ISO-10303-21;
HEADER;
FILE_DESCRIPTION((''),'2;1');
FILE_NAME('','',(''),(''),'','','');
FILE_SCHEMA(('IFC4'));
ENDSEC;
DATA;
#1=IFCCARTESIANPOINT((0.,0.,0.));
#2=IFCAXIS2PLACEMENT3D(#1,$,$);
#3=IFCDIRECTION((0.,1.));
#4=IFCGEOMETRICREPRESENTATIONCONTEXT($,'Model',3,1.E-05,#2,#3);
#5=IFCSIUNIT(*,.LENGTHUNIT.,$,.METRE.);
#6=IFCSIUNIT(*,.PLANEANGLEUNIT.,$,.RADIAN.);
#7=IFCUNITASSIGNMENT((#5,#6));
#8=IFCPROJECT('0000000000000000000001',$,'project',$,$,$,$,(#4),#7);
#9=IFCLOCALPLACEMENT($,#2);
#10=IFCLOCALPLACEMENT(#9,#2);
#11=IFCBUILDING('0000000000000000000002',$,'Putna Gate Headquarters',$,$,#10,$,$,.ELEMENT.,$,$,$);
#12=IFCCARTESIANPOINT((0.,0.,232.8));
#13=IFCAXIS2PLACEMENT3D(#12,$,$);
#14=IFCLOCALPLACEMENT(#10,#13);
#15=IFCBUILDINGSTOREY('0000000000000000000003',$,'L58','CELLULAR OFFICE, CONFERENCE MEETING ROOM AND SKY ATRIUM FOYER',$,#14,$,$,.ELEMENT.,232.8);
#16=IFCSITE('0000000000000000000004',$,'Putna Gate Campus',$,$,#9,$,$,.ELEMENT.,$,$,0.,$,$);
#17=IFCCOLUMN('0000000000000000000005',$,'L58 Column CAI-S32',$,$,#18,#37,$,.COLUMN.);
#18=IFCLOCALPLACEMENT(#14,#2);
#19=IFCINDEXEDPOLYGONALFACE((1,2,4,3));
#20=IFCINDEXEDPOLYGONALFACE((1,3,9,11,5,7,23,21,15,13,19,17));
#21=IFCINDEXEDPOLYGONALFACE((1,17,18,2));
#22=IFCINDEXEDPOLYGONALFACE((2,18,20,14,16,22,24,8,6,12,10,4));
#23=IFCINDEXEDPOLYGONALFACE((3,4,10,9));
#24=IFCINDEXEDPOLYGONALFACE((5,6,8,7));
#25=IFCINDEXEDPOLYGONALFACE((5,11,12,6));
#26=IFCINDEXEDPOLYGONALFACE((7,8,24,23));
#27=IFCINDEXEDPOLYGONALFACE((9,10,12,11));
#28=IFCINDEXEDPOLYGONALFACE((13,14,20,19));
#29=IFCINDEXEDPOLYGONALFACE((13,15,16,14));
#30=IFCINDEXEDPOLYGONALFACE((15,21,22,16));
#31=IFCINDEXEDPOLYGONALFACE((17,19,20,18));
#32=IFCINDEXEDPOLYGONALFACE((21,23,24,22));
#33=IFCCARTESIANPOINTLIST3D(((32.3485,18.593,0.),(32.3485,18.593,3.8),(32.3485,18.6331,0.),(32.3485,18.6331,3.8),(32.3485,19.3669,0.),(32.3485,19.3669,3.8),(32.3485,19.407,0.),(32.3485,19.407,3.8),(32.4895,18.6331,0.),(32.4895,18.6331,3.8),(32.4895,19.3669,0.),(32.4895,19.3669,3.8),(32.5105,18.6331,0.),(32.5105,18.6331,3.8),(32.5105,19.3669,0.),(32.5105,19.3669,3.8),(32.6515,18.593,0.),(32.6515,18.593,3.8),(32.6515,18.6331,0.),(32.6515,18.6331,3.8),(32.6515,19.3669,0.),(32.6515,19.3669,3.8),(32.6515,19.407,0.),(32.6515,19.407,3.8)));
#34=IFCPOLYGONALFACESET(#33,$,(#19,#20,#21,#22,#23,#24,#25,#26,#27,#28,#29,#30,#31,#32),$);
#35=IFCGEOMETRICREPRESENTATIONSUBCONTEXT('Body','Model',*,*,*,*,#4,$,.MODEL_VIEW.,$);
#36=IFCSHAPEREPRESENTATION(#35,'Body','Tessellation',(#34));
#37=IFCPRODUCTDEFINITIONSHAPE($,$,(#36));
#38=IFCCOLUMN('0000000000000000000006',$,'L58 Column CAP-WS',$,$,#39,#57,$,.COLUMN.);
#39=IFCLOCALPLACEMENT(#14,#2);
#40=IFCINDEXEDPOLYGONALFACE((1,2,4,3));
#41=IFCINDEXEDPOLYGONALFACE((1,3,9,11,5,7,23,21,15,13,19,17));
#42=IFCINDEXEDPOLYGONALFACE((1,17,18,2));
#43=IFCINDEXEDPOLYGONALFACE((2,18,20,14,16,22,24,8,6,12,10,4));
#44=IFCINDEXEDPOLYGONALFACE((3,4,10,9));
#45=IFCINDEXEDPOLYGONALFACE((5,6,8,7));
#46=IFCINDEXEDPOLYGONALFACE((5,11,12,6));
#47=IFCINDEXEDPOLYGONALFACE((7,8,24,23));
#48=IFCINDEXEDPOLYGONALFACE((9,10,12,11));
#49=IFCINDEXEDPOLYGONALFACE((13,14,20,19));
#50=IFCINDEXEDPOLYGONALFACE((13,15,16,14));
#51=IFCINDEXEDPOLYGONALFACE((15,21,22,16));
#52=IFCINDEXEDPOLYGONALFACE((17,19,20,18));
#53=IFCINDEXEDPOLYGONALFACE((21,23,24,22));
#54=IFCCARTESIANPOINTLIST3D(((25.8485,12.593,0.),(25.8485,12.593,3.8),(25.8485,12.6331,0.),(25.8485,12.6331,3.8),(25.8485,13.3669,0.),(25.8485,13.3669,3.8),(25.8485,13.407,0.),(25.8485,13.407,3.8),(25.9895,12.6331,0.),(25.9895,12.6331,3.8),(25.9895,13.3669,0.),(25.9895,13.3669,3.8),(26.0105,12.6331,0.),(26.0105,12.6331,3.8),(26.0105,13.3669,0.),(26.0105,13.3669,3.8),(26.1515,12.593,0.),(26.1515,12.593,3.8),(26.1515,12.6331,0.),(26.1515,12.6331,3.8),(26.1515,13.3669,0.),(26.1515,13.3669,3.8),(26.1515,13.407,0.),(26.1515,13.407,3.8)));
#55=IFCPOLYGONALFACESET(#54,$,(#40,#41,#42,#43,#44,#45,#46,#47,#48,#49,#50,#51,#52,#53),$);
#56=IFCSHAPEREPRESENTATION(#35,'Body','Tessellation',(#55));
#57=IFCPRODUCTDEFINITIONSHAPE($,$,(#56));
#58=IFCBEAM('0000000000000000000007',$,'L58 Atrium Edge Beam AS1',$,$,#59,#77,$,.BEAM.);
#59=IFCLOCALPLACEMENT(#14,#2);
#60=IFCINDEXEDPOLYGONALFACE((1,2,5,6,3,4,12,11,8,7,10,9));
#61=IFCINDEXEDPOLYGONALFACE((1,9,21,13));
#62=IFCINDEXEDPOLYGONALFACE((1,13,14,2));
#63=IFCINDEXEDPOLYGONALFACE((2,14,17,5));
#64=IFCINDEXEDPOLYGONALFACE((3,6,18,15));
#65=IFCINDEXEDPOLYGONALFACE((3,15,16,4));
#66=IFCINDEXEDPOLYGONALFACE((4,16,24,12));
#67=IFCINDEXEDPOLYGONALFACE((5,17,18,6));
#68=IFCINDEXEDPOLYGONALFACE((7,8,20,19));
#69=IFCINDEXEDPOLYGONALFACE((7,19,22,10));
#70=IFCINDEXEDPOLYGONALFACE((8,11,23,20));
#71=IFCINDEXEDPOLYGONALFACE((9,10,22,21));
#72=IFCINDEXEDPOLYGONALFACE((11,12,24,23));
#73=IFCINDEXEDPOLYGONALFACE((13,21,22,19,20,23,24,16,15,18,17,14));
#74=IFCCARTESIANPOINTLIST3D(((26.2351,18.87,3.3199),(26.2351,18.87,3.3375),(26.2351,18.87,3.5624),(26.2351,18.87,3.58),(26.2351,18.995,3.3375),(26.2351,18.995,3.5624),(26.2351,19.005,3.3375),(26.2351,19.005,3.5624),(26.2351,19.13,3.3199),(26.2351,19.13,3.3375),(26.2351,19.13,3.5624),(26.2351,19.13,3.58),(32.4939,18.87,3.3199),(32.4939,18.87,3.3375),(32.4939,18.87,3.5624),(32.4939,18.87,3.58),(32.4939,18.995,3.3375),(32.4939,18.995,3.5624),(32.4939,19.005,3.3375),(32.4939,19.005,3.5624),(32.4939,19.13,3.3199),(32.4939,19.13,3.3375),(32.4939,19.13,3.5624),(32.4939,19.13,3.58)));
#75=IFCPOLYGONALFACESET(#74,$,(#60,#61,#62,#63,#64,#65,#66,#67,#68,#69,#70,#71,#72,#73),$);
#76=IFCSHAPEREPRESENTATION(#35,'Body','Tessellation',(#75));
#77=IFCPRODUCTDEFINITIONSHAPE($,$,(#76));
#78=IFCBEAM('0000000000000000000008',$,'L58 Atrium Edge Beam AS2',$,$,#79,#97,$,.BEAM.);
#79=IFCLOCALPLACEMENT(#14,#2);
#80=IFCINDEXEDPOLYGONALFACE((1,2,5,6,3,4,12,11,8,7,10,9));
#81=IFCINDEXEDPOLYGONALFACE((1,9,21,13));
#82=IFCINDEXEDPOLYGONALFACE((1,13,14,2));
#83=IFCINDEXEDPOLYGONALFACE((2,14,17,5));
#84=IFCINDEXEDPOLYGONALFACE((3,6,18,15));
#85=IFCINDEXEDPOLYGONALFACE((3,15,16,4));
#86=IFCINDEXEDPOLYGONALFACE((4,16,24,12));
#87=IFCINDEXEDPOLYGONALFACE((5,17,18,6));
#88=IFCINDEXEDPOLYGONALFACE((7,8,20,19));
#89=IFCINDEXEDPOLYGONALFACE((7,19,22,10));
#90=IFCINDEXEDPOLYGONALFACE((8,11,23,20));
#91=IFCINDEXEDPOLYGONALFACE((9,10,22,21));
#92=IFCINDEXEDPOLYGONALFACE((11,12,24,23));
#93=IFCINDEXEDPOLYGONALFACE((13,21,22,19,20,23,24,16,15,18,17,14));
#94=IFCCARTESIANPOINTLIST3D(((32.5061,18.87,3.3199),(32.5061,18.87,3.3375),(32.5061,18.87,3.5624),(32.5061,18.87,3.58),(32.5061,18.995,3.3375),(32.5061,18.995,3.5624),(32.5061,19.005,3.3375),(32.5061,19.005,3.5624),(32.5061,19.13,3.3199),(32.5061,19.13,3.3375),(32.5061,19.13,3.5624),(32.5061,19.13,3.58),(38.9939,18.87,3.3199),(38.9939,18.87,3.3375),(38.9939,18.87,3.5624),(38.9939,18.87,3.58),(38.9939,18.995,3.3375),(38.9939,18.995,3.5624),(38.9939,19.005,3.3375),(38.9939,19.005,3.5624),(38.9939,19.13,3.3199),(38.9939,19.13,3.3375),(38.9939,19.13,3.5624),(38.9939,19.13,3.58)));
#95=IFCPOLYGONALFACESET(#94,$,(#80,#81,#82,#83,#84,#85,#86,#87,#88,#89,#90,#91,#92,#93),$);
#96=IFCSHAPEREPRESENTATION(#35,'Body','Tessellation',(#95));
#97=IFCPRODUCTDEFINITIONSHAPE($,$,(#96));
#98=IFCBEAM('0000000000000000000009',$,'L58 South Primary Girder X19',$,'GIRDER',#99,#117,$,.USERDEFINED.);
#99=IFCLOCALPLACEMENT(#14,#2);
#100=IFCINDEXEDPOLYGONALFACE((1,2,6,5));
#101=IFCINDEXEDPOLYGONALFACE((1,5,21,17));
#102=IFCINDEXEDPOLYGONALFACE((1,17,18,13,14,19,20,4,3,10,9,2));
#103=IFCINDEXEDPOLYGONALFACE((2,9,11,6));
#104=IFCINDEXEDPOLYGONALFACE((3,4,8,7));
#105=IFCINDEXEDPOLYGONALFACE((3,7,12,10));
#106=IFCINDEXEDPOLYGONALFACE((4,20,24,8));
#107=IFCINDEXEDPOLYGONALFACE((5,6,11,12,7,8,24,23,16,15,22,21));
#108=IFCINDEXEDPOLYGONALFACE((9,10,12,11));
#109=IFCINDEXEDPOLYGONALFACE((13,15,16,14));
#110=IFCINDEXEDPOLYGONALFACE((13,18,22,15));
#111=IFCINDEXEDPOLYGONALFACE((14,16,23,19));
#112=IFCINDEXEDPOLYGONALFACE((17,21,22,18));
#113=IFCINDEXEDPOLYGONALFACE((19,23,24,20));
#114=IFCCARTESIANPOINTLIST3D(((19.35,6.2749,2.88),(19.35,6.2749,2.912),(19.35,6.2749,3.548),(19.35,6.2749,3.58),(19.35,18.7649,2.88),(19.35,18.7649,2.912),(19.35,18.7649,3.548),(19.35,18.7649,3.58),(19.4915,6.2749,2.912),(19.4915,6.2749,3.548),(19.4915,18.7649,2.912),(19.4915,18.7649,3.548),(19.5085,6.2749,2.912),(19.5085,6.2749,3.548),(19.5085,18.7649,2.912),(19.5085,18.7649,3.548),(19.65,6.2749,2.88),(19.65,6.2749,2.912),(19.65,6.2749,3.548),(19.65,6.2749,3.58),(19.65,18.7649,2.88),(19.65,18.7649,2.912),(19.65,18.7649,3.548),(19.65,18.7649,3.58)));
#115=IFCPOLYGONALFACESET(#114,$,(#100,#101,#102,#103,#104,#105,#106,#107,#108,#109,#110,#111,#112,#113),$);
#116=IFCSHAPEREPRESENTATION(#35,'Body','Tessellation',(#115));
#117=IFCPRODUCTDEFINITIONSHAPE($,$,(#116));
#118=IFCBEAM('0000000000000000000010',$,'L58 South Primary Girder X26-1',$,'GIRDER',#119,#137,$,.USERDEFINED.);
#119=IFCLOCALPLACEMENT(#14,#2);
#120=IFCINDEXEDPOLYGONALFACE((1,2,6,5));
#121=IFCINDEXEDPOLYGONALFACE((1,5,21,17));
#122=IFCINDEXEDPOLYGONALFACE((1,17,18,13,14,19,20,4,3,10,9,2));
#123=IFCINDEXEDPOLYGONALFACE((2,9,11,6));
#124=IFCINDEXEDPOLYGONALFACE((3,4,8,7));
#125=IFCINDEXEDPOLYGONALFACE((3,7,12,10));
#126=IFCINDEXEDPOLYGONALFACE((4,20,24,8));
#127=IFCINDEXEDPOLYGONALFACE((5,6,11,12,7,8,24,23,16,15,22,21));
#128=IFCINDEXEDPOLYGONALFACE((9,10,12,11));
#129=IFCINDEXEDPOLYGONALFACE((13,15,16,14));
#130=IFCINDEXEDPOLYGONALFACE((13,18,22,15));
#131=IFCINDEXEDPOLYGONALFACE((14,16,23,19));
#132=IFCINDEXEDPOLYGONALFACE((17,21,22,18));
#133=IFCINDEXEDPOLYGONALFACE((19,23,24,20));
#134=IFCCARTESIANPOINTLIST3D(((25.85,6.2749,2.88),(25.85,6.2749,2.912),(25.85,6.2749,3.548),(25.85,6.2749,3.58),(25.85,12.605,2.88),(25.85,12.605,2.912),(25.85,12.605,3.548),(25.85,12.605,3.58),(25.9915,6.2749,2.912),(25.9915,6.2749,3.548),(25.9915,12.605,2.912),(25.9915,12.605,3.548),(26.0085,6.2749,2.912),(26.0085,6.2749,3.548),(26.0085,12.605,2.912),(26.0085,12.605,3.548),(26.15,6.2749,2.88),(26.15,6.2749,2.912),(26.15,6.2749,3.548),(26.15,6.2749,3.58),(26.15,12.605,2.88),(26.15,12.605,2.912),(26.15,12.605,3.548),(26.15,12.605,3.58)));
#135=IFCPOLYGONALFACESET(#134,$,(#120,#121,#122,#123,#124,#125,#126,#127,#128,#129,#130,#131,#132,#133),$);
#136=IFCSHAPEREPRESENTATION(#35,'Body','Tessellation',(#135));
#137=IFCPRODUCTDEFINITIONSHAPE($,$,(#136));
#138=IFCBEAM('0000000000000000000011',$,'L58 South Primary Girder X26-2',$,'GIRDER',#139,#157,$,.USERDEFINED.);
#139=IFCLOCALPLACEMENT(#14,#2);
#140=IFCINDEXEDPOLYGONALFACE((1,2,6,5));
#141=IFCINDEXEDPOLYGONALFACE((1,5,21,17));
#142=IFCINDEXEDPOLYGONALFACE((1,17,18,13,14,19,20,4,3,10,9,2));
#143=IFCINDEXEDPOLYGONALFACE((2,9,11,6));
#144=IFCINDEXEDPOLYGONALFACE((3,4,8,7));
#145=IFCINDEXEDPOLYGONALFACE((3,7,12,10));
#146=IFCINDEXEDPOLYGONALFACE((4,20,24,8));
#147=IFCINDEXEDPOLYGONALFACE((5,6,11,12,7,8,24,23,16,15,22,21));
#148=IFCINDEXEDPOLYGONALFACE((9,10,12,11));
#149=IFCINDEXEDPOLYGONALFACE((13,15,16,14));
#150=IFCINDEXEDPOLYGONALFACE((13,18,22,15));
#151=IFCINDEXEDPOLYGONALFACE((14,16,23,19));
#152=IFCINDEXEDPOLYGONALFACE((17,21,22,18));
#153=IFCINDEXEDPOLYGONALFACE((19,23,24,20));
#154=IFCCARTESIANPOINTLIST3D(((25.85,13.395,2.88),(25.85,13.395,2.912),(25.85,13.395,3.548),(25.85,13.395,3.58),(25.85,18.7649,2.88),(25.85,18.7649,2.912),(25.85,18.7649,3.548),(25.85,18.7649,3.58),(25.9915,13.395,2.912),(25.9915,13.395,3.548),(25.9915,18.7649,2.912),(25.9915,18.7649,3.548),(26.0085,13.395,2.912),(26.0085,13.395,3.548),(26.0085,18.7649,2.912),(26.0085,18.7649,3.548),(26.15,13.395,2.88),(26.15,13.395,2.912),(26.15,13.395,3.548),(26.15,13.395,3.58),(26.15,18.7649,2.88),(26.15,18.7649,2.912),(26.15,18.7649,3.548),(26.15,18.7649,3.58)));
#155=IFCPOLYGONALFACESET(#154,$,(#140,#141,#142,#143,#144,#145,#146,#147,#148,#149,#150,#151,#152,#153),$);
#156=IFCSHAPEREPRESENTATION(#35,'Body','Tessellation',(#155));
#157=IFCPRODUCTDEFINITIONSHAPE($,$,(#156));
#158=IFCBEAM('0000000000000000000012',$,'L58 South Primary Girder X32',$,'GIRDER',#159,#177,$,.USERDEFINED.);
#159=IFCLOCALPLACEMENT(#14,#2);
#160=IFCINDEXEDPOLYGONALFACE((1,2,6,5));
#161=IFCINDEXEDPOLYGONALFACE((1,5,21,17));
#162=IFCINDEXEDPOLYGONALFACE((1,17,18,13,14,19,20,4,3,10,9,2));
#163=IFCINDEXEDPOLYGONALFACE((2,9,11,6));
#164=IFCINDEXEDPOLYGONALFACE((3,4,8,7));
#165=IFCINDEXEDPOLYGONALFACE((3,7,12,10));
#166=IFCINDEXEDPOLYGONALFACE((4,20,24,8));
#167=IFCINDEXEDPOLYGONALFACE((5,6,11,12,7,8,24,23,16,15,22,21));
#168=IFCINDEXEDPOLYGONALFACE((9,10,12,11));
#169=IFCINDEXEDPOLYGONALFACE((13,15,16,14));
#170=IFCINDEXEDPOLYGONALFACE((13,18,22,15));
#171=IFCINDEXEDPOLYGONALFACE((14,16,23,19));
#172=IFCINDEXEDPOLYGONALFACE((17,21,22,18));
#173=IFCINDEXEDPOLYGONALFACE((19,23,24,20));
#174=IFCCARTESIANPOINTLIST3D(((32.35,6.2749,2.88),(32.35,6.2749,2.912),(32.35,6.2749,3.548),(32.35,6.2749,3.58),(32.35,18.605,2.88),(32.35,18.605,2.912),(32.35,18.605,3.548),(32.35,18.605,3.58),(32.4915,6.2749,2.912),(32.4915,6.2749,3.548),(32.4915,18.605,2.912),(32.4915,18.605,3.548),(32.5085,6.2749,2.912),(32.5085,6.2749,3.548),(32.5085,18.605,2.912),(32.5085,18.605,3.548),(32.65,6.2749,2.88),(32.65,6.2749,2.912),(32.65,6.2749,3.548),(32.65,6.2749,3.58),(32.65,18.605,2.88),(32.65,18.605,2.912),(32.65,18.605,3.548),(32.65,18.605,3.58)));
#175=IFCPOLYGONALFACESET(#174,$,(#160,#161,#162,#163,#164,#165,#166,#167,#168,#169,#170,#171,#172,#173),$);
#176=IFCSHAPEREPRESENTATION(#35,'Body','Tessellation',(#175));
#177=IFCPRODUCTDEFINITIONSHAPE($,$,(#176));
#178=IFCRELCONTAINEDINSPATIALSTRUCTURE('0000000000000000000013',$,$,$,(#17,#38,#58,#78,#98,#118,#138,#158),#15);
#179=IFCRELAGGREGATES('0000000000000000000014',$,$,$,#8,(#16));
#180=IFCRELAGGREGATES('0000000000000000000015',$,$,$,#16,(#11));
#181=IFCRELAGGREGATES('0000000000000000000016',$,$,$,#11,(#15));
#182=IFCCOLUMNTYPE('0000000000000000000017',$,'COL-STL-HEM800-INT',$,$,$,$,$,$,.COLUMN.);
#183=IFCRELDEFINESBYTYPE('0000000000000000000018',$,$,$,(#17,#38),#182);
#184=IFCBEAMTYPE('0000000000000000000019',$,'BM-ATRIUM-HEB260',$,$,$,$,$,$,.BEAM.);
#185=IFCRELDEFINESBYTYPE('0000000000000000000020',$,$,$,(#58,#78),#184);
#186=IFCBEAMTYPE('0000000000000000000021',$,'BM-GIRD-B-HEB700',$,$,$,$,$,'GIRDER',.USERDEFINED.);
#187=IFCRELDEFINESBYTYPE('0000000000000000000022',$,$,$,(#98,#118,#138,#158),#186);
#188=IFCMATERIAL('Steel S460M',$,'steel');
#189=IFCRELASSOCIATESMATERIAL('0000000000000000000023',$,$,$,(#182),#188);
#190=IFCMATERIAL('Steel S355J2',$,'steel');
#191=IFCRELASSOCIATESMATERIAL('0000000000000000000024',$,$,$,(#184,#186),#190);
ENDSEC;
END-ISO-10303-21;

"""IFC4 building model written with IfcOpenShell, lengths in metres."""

from ifc_helpers import new_model, si_unit, direction, frame, origin, origin_2d, place, context, subcontext, project, spatial, i_section, extrude, material, material_profile, profile_set, type_object, element, save


model = new_model("IFC4")

# Units and contexts
model_context = context("Model", 3, precision=1e-05, world=origin(), true_north=direction((0.0, 1.0)))
body_context = subcontext(model_context, "Body", "Model", "MODEL_VIEW")
ifc_project = project(units=[si_unit("LENGTHUNIT", "METRE"), si_unit("PLANEANGLEUNIT", "RADIAN")], contexts=[model_context])

# Site, building, storey
site_placement = place(None, origin())
site = spatial("IfcSite", under=ifc_project, at=site_placement, Name="Putna Gate Campus", CompositionType="ELEMENT", RefElevation=0.0)
building_placement = place(site_placement, origin())
building = spatial("IfcBuilding", under=site, at=building_placement, Name="Putna Gate Headquarters", CompositionType="ELEMENT")
storey_placement = place(building_placement, frame((0.0, 0.0, 232.8)))
storey = spatial("IfcBuildingStorey", under=building, at=storey_placement, Name="L58", Description="CELLULAR OFFICE, CONFERENCE MEETING ROOM AND SKY ATRIUM FOYER", CompositionType="ELEMENT", Elevation=232.8)

# Columns
ifc_material_1 = material(Name="Steel S460M", Category="steel")
ifc_material_profile_1 = material_profile(ifc_material_1, i_section(OverallWidth=0.303, OverallDepth=0.814, WebThickness=0.021, FlangeThickness=0.04, at=origin_2d()), Name="Steel S460M")
ifc_profile_set_1 = profile_set([ifc_material_profile_1], Name="Steel S460M")
column_type = type_object("IfcColumnType", Name="COL-STL-HEM800-INT", PredefinedType="COLUMN", material=ifc_profile_set_1)
for number, where, z_axis, x_axis, name in (
    (1, (32.5, 19.0, 0.0), (0.0, 0.0, 1.0), (1.0, 0.0, 0.0), "L58 Column CAI-S32"),
    (2, (26.0, 13.0, 0.0), (0.0, 0.0, 1.0), (1.0, 0.0, 0.0), "L58 Column CAP-WS"),
):
    element("IfcColumn", number, at=place(storey_placement, frame(where, z_axis=z_axis, x_axis=x_axis)), inside=storey, type_object=column_type, Name=name, PredefinedType="COLUMN", context=body_context, shape_type="SweptSolid", body=[
        extrude(i_section(OverallWidth=0.303, OverallDepth=0.814, WebThickness=0.021, FlangeThickness=0.04, at=origin_2d()), origin(), (0.0, 0.0, 1.0), 3.8),
    ])

# Beams
ifc_material_2 = material(Name="Steel S355J2", Category="steel")
ifc_material_profile_2 = material_profile(ifc_material_2, i_section(OverallWidth=0.26, OverallDepth=0.26, WebThickness=0.01, FlangeThickness=0.0176, at=origin_2d()), Name="Steel S355J2")
ifc_profile_set_2 = profile_set([ifc_material_profile_2], Name="Steel S355J2")
beam_type_1 = type_object("IfcBeamType", Name="BM-ATRIUM-HEB260", PredefinedType="BEAM", material=ifc_profile_set_2)
beam_1_placement = place(storey_placement, frame((26.2351, 19.0, 3.45), z_axis=(1.0, 0.0, 0.0), x_axis=(0.0, 1.0, 0.0)))
element("IfcBeam", 3, at=beam_1_placement, inside=storey, type_object=beam_type_1, Name="L58 Atrium Edge Beam AS1", PredefinedType="BEAM", context=body_context, shape_type="SweptSolid", body=[
    extrude(i_section(OverallWidth=0.26, OverallDepth=0.26, WebThickness=0.01, FlangeThickness=0.0176, at=origin_2d()), origin(), (0.0, 0.0, 1.0), 6.2588),
])
beam_2_placement = place(storey_placement, frame((32.5061, 19.0, 3.45), z_axis=(1.0, 0.0, 0.0), x_axis=(0.0, 1.0, 0.0)))
element("IfcBeam", 4, at=beam_2_placement, inside=storey, type_object=beam_type_1, Name="L58 Atrium Edge Beam AS2", PredefinedType="BEAM", context=body_context, shape_type="SweptSolid", body=[
    extrude(i_section(OverallWidth=0.26, OverallDepth=0.26, WebThickness=0.01, FlangeThickness=0.0176, at=origin_2d()), origin(), (0.0, 0.0, 1.0), 6.4878),
])
ifc_material_profile_3 = material_profile(ifc_material_2, i_section(OverallWidth=0.3, OverallDepth=0.7, WebThickness=0.0171, FlangeThickness=0.032, at=origin_2d()), Name="Steel S355J2")
ifc_profile_set_3 = profile_set([ifc_material_profile_3], Name="Steel S355J2")
beam_type_2 = type_object("IfcBeamType", Name="BM-GIRD-B-HEB700", ElementType="GIRDER", PredefinedType="USERDEFINED", material=ifc_profile_set_3)
beam_3_placement = place(storey_placement, frame((19.5, 6.2749, 3.23), z_axis=(0.0, 1.0, 0.0), x_axis=(-1.0, 0.0, 0.0)))
element("IfcBeam", 5, at=beam_3_placement, inside=storey, type_object=beam_type_2, Name="L58 South Primary Girder X19", ObjectType="GIRDER", PredefinedType="USERDEFINED", context=body_context, shape_type="SweptSolid", body=[
    extrude(i_section(OverallWidth=0.3, OverallDepth=0.7, WebThickness=0.0171, FlangeThickness=0.032, at=origin_2d()), origin(), (0.0, 0.0, 1.0), 12.49),
])
beam_4_placement = place(storey_placement, frame((26.0, 6.2749, 3.23), z_axis=(0.0, 1.0, 0.0), x_axis=(-1.0, 0.0, 0.0)))
element("IfcBeam", 6, at=beam_4_placement, inside=storey, type_object=beam_type_2, Name="L58 South Primary Girder X26-1", ObjectType="GIRDER", PredefinedType="USERDEFINED", context=body_context, shape_type="SweptSolid", body=[
    extrude(i_section(OverallWidth=0.3, OverallDepth=0.7, WebThickness=0.0171, FlangeThickness=0.032, at=origin_2d()), origin(), (0.0, 0.0, 1.0), 6.3301),
])
beam_5_placement = place(storey_placement, frame((26.0, 13.395, 3.23), z_axis=(0.0, 1.0, 0.0), x_axis=(-1.0, 0.0, 0.0)))
element("IfcBeam", 7, at=beam_5_placement, inside=storey, type_object=beam_type_2, Name="L58 South Primary Girder X26-2", ObjectType="GIRDER", PredefinedType="USERDEFINED", context=body_context, shape_type="SweptSolid", body=[
    extrude(i_section(OverallWidth=0.3, OverallDepth=0.7, WebThickness=0.0171, FlangeThickness=0.032, at=origin_2d()), origin(), (0.0, 0.0, 1.0), 5.3699),
])
beam_6_placement = place(storey_placement, frame((32.5, 6.2749, 3.23), z_axis=(0.0, 1.0, 0.0), x_axis=(-1.0, 0.0, 0.0)))
element("IfcBeam", 8, at=beam_6_placement, inside=storey, type_object=beam_type_2, Name="L58 South Primary Girder X32", ObjectType="GIRDER", PredefinedType="USERDEFINED", context=body_context, shape_type="SweptSolid", body=[
    extrude(i_section(OverallWidth=0.3, OverallDepth=0.7, WebThickness=0.0171, FlangeThickness=0.032, at=origin_2d()), origin(), (0.0, 0.0, 1.0), 12.3301),
])

save(model, "model.ifc")
